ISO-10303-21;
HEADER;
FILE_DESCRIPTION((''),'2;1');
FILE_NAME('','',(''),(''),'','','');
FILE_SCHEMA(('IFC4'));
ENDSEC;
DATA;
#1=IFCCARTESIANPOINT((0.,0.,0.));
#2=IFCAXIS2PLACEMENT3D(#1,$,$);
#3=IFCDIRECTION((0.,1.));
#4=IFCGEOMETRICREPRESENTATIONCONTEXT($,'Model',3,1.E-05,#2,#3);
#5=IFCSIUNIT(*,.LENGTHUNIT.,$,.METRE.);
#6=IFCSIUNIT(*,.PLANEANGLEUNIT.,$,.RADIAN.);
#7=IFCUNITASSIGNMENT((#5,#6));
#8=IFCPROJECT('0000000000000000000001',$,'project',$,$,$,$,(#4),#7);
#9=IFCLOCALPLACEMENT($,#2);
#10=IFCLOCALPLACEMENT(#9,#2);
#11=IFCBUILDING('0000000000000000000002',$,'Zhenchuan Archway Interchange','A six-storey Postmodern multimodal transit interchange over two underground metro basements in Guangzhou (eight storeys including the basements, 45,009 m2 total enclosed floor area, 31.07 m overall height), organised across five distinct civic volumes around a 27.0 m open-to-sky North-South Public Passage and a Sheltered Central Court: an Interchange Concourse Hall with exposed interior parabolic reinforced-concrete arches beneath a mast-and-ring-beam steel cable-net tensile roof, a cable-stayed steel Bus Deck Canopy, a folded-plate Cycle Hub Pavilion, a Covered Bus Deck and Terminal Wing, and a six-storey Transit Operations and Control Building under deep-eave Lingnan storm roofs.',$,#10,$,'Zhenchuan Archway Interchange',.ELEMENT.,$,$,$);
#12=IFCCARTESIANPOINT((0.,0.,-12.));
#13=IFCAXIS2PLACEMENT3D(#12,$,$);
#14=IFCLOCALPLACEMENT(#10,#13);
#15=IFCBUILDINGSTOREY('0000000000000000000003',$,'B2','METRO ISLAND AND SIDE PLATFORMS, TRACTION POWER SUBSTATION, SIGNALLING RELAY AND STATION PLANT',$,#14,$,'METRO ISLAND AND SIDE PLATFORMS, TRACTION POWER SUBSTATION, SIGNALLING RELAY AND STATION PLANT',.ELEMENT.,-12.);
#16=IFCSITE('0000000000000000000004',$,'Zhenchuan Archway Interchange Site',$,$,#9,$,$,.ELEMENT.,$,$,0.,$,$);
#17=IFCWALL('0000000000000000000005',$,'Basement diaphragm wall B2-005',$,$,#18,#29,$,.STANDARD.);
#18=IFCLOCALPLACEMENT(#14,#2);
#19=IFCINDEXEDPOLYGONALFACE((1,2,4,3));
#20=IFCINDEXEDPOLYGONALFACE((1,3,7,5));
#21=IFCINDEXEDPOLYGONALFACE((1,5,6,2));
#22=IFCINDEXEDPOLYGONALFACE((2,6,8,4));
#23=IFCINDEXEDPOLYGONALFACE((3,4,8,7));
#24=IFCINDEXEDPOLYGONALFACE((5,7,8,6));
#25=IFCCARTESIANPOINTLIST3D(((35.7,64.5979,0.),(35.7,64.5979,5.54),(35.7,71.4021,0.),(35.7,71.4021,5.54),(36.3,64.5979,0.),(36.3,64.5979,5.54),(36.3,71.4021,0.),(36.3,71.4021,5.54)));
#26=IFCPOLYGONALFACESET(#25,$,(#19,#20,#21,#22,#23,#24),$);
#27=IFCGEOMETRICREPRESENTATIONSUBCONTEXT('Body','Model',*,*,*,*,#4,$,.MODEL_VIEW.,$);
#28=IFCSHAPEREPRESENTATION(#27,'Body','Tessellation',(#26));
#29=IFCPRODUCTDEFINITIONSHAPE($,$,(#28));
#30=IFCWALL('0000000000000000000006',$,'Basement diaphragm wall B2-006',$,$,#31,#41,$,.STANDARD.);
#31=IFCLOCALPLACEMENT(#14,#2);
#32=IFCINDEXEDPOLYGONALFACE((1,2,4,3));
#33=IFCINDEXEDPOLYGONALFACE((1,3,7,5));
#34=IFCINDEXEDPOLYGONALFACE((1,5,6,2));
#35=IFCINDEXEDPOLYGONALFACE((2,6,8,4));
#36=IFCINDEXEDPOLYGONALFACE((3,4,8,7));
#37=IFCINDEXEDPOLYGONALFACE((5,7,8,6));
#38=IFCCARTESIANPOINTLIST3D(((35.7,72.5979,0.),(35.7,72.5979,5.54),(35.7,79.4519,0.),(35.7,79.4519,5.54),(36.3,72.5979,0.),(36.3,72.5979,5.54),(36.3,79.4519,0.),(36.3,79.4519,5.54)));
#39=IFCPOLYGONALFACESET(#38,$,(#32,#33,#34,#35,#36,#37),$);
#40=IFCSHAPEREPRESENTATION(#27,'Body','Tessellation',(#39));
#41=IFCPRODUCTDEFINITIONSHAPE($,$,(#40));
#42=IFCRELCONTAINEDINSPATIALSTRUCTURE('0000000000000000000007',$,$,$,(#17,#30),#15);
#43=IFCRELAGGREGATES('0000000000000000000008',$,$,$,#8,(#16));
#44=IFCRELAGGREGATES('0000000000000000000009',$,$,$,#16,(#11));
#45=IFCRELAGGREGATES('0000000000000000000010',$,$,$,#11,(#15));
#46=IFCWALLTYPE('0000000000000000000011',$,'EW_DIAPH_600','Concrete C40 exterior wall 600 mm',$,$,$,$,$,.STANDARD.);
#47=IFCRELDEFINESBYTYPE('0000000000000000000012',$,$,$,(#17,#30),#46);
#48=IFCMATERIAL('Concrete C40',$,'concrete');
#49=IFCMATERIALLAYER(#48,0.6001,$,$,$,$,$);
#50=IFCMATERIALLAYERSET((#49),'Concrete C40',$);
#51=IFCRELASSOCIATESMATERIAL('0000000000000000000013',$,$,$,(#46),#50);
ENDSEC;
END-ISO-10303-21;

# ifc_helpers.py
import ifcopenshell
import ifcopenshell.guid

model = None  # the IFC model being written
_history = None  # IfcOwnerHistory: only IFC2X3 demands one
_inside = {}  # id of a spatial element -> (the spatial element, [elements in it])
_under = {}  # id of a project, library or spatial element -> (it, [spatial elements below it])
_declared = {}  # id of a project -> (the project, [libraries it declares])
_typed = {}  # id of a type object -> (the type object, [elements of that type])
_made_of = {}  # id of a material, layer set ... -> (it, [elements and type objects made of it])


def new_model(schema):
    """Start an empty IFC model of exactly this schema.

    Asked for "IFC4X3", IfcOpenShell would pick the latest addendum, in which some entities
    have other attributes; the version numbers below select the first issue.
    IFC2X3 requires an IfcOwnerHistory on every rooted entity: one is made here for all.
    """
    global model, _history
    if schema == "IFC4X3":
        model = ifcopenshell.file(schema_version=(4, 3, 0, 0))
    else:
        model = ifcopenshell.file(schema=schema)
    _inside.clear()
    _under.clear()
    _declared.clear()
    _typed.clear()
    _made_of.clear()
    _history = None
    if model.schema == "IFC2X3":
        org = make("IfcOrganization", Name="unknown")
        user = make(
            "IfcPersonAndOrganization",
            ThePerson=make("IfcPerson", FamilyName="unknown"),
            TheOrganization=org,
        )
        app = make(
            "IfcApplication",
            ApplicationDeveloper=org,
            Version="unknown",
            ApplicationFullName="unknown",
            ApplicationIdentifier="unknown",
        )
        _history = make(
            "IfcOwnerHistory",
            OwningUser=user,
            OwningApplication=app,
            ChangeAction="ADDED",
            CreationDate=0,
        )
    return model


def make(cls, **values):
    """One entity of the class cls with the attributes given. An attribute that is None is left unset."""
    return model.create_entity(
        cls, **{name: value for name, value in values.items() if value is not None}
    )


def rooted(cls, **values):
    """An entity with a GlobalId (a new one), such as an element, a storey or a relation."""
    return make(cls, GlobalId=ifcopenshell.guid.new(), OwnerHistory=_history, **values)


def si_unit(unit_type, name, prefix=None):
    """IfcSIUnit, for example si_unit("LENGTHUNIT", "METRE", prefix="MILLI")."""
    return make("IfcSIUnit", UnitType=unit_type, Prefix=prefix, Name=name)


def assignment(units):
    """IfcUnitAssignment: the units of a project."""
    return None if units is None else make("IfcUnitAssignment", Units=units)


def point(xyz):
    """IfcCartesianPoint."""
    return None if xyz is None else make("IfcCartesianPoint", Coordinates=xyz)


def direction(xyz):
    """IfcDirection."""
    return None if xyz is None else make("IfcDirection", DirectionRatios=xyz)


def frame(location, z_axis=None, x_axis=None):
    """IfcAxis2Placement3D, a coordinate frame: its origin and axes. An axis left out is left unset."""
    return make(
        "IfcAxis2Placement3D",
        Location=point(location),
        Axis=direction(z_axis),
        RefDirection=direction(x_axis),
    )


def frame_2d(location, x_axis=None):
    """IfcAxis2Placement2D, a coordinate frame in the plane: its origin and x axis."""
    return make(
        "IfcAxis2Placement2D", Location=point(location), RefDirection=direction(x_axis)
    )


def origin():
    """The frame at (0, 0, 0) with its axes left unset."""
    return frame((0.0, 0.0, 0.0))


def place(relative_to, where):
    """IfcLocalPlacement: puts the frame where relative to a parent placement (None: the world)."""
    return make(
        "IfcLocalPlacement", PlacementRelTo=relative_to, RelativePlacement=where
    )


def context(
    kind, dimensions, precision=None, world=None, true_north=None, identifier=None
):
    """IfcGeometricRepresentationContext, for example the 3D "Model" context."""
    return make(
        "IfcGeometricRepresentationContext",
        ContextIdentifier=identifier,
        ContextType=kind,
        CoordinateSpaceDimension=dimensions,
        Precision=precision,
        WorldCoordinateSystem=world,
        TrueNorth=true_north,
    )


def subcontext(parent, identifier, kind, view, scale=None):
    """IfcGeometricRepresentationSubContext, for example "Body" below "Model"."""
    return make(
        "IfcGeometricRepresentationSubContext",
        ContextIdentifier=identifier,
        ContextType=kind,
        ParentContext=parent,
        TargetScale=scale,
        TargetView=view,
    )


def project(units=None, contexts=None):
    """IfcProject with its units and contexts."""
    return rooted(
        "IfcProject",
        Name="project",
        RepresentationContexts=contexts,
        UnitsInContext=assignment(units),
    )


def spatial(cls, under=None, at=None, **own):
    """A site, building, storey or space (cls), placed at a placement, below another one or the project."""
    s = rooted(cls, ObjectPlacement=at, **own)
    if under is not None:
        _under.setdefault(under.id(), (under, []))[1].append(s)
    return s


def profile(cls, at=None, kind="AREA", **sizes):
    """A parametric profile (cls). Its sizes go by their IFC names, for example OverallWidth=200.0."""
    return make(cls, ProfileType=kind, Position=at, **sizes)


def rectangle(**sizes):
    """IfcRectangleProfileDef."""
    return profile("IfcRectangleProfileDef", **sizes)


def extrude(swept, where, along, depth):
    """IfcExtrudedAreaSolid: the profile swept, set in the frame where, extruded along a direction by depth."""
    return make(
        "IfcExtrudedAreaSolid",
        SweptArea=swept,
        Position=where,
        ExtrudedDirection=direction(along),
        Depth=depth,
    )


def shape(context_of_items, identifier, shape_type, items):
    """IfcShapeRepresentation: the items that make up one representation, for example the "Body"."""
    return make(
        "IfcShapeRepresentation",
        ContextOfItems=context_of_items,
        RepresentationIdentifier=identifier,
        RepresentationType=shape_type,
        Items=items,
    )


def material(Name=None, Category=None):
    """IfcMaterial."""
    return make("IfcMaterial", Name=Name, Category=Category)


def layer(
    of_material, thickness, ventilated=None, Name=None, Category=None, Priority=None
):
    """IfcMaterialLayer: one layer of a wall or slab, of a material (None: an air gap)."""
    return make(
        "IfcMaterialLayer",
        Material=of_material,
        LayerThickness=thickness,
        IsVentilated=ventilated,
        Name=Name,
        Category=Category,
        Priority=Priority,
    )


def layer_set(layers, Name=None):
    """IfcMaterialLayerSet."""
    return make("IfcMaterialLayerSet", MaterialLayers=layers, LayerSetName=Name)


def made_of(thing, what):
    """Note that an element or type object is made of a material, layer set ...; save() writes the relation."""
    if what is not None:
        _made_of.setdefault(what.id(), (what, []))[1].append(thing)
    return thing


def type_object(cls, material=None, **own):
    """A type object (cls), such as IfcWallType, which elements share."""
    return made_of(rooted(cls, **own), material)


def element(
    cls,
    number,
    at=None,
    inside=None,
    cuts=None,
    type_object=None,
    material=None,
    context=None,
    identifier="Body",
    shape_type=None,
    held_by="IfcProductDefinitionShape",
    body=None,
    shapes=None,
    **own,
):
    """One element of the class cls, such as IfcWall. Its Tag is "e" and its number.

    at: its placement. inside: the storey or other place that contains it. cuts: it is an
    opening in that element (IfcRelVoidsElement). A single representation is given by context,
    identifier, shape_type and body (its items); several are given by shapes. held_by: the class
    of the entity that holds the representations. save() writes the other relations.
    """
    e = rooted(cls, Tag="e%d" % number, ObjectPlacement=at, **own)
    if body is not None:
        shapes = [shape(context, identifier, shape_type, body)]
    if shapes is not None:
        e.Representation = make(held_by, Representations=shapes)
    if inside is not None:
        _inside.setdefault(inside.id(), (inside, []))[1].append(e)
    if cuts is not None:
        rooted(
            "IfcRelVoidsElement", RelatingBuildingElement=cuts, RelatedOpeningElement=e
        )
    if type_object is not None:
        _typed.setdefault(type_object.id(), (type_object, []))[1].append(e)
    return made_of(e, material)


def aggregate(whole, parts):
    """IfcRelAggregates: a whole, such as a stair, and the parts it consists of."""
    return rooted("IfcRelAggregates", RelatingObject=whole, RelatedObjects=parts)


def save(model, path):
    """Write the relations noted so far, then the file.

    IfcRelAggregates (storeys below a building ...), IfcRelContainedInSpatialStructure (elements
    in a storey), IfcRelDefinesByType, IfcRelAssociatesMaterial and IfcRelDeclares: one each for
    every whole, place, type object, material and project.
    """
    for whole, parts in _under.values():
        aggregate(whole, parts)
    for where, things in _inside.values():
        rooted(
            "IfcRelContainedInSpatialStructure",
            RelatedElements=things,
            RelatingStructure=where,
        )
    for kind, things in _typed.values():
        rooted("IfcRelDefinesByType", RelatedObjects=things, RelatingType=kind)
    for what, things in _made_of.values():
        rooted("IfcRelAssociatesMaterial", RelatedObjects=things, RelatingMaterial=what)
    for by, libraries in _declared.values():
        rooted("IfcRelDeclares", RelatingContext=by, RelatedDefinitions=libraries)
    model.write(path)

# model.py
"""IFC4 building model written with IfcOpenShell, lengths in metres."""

from ifc_helpers import new_model, si_unit, direction, frame, frame_2d, origin, place, context, subcontext, project, spatial, rectangle, extrude, material, layer, layer_set, type_object, element, save


model = new_model("IFC4")

# Units and contexts
model_context = context("Model", 3, precision=1e-05, world=origin(), true_north=direction((0.0, 1.0)))
body_context = subcontext(model_context, "Body", "Model", "MODEL_VIEW")
ifc_project = project(units=[si_unit("LENGTHUNIT", "METRE"), si_unit("PLANEANGLEUNIT", "RADIAN")], contexts=[model_context])

# Site, building, storey
site_placement = place(None, origin())
site = spatial("IfcSite", under=ifc_project, at=site_placement, Name="Zhenchuan Archway Interchange Site", CompositionType="ELEMENT", RefElevation=0.0)
building_placement = place(site_placement, origin())
building = spatial("IfcBuilding", under=site, at=building_placement, Name="Zhenchuan Archway Interchange", Description="A six-storey Postmodern multimodal transit interchange over two underground metro basements in Guangzhou (eight storeys including the basements, 45,009 m2 total enclosed floor area, 31.07 m overall height), organised across five distinct civic volumes around a 27.0 m open-to-sky North-South Public Passage and a Sheltered Central Court: an Interchange Concourse Hall with exposed interior parabolic reinforced-concrete arches beneath a mast-and-ring-beam steel cable-net tensile roof, a cable-stayed steel Bus Deck Canopy, a folded-plate Cycle Hub Pavilion, a Covered Bus Deck and Terminal Wing, and a six-storey Transit Operations and Control Building under deep-eave Lingnan storm roofs.", LongName="Zhenchuan Archway Interchange", CompositionType="ELEMENT")
storey_placement = place(building_placement, frame((0.0, 0.0, -12.0)))
storey = spatial("IfcBuildingStorey", under=building, at=storey_placement, Name="B2", Description="METRO ISLAND AND SIDE PLATFORMS, TRACTION POWER SUBSTATION, SIGNALLING RELAY AND STATION PLANT", LongName="METRO ISLAND AND SIDE PLATFORMS, TRACTION POWER SUBSTATION, SIGNALLING RELAY AND STATION PLANT", CompositionType="ELEMENT", Elevation=-12.0)

# Shared definitions
ifc_material_1 = material(Name="Concrete C40", Category="concrete")

# Walls
ifc_layer = layer(ifc_material_1, 0.6001)
ifc_layer_set = layer_set([ifc_layer], Name="Concrete C40")
wall_type = type_object("IfcWallType", Name="EW_DIAPH_600", Description="Concrete C40 exterior wall 600 mm", PredefinedType="STANDARD", material=ifc_layer_set)
for number, where, z_axis, x_axis, name in (
    (1, (36.0, 64.5979, 0.0), (0.0, 0.0, 1.0), (0.0, 1.0, 0.0), "Basement diaphragm wall B2-005"),
):
    element("IfcWall", number, at=place(storey_placement, frame(where, z_axis=z_axis, x_axis=x_axis)), inside=storey, type_object=wall_type, Name=name, PredefinedType="STANDARD", context=body_context, shape_type="SweptSolid", body=[
        extrude(rectangle(XDim=6.8042, YDim=0.6001, at=frame_2d((3.4021, 0.0))), origin(), (0.0, 0.0, 1.0), 5.54),
    ])
wall_placement = place(storey_placement, frame((36.0, 72.5979, 0.0), z_axis=(0.0, 0.0, 1.0), x_axis=(0.0, 1.0, 0.0)))
element("IfcWall", 2, at=wall_placement, inside=storey, type_object=wall_type, Name="Basement diaphragm wall B2-006", PredefinedType="STANDARD", context=body_context, shape_type="SweptSolid", body=[
    extrude(rectangle(XDim=6.854, YDim=0.6001, at=frame_2d((3.427, 0.0))), origin(), (0.0, 0.0, 1.0), 5.54),
])

save(model, "model.ifc")
